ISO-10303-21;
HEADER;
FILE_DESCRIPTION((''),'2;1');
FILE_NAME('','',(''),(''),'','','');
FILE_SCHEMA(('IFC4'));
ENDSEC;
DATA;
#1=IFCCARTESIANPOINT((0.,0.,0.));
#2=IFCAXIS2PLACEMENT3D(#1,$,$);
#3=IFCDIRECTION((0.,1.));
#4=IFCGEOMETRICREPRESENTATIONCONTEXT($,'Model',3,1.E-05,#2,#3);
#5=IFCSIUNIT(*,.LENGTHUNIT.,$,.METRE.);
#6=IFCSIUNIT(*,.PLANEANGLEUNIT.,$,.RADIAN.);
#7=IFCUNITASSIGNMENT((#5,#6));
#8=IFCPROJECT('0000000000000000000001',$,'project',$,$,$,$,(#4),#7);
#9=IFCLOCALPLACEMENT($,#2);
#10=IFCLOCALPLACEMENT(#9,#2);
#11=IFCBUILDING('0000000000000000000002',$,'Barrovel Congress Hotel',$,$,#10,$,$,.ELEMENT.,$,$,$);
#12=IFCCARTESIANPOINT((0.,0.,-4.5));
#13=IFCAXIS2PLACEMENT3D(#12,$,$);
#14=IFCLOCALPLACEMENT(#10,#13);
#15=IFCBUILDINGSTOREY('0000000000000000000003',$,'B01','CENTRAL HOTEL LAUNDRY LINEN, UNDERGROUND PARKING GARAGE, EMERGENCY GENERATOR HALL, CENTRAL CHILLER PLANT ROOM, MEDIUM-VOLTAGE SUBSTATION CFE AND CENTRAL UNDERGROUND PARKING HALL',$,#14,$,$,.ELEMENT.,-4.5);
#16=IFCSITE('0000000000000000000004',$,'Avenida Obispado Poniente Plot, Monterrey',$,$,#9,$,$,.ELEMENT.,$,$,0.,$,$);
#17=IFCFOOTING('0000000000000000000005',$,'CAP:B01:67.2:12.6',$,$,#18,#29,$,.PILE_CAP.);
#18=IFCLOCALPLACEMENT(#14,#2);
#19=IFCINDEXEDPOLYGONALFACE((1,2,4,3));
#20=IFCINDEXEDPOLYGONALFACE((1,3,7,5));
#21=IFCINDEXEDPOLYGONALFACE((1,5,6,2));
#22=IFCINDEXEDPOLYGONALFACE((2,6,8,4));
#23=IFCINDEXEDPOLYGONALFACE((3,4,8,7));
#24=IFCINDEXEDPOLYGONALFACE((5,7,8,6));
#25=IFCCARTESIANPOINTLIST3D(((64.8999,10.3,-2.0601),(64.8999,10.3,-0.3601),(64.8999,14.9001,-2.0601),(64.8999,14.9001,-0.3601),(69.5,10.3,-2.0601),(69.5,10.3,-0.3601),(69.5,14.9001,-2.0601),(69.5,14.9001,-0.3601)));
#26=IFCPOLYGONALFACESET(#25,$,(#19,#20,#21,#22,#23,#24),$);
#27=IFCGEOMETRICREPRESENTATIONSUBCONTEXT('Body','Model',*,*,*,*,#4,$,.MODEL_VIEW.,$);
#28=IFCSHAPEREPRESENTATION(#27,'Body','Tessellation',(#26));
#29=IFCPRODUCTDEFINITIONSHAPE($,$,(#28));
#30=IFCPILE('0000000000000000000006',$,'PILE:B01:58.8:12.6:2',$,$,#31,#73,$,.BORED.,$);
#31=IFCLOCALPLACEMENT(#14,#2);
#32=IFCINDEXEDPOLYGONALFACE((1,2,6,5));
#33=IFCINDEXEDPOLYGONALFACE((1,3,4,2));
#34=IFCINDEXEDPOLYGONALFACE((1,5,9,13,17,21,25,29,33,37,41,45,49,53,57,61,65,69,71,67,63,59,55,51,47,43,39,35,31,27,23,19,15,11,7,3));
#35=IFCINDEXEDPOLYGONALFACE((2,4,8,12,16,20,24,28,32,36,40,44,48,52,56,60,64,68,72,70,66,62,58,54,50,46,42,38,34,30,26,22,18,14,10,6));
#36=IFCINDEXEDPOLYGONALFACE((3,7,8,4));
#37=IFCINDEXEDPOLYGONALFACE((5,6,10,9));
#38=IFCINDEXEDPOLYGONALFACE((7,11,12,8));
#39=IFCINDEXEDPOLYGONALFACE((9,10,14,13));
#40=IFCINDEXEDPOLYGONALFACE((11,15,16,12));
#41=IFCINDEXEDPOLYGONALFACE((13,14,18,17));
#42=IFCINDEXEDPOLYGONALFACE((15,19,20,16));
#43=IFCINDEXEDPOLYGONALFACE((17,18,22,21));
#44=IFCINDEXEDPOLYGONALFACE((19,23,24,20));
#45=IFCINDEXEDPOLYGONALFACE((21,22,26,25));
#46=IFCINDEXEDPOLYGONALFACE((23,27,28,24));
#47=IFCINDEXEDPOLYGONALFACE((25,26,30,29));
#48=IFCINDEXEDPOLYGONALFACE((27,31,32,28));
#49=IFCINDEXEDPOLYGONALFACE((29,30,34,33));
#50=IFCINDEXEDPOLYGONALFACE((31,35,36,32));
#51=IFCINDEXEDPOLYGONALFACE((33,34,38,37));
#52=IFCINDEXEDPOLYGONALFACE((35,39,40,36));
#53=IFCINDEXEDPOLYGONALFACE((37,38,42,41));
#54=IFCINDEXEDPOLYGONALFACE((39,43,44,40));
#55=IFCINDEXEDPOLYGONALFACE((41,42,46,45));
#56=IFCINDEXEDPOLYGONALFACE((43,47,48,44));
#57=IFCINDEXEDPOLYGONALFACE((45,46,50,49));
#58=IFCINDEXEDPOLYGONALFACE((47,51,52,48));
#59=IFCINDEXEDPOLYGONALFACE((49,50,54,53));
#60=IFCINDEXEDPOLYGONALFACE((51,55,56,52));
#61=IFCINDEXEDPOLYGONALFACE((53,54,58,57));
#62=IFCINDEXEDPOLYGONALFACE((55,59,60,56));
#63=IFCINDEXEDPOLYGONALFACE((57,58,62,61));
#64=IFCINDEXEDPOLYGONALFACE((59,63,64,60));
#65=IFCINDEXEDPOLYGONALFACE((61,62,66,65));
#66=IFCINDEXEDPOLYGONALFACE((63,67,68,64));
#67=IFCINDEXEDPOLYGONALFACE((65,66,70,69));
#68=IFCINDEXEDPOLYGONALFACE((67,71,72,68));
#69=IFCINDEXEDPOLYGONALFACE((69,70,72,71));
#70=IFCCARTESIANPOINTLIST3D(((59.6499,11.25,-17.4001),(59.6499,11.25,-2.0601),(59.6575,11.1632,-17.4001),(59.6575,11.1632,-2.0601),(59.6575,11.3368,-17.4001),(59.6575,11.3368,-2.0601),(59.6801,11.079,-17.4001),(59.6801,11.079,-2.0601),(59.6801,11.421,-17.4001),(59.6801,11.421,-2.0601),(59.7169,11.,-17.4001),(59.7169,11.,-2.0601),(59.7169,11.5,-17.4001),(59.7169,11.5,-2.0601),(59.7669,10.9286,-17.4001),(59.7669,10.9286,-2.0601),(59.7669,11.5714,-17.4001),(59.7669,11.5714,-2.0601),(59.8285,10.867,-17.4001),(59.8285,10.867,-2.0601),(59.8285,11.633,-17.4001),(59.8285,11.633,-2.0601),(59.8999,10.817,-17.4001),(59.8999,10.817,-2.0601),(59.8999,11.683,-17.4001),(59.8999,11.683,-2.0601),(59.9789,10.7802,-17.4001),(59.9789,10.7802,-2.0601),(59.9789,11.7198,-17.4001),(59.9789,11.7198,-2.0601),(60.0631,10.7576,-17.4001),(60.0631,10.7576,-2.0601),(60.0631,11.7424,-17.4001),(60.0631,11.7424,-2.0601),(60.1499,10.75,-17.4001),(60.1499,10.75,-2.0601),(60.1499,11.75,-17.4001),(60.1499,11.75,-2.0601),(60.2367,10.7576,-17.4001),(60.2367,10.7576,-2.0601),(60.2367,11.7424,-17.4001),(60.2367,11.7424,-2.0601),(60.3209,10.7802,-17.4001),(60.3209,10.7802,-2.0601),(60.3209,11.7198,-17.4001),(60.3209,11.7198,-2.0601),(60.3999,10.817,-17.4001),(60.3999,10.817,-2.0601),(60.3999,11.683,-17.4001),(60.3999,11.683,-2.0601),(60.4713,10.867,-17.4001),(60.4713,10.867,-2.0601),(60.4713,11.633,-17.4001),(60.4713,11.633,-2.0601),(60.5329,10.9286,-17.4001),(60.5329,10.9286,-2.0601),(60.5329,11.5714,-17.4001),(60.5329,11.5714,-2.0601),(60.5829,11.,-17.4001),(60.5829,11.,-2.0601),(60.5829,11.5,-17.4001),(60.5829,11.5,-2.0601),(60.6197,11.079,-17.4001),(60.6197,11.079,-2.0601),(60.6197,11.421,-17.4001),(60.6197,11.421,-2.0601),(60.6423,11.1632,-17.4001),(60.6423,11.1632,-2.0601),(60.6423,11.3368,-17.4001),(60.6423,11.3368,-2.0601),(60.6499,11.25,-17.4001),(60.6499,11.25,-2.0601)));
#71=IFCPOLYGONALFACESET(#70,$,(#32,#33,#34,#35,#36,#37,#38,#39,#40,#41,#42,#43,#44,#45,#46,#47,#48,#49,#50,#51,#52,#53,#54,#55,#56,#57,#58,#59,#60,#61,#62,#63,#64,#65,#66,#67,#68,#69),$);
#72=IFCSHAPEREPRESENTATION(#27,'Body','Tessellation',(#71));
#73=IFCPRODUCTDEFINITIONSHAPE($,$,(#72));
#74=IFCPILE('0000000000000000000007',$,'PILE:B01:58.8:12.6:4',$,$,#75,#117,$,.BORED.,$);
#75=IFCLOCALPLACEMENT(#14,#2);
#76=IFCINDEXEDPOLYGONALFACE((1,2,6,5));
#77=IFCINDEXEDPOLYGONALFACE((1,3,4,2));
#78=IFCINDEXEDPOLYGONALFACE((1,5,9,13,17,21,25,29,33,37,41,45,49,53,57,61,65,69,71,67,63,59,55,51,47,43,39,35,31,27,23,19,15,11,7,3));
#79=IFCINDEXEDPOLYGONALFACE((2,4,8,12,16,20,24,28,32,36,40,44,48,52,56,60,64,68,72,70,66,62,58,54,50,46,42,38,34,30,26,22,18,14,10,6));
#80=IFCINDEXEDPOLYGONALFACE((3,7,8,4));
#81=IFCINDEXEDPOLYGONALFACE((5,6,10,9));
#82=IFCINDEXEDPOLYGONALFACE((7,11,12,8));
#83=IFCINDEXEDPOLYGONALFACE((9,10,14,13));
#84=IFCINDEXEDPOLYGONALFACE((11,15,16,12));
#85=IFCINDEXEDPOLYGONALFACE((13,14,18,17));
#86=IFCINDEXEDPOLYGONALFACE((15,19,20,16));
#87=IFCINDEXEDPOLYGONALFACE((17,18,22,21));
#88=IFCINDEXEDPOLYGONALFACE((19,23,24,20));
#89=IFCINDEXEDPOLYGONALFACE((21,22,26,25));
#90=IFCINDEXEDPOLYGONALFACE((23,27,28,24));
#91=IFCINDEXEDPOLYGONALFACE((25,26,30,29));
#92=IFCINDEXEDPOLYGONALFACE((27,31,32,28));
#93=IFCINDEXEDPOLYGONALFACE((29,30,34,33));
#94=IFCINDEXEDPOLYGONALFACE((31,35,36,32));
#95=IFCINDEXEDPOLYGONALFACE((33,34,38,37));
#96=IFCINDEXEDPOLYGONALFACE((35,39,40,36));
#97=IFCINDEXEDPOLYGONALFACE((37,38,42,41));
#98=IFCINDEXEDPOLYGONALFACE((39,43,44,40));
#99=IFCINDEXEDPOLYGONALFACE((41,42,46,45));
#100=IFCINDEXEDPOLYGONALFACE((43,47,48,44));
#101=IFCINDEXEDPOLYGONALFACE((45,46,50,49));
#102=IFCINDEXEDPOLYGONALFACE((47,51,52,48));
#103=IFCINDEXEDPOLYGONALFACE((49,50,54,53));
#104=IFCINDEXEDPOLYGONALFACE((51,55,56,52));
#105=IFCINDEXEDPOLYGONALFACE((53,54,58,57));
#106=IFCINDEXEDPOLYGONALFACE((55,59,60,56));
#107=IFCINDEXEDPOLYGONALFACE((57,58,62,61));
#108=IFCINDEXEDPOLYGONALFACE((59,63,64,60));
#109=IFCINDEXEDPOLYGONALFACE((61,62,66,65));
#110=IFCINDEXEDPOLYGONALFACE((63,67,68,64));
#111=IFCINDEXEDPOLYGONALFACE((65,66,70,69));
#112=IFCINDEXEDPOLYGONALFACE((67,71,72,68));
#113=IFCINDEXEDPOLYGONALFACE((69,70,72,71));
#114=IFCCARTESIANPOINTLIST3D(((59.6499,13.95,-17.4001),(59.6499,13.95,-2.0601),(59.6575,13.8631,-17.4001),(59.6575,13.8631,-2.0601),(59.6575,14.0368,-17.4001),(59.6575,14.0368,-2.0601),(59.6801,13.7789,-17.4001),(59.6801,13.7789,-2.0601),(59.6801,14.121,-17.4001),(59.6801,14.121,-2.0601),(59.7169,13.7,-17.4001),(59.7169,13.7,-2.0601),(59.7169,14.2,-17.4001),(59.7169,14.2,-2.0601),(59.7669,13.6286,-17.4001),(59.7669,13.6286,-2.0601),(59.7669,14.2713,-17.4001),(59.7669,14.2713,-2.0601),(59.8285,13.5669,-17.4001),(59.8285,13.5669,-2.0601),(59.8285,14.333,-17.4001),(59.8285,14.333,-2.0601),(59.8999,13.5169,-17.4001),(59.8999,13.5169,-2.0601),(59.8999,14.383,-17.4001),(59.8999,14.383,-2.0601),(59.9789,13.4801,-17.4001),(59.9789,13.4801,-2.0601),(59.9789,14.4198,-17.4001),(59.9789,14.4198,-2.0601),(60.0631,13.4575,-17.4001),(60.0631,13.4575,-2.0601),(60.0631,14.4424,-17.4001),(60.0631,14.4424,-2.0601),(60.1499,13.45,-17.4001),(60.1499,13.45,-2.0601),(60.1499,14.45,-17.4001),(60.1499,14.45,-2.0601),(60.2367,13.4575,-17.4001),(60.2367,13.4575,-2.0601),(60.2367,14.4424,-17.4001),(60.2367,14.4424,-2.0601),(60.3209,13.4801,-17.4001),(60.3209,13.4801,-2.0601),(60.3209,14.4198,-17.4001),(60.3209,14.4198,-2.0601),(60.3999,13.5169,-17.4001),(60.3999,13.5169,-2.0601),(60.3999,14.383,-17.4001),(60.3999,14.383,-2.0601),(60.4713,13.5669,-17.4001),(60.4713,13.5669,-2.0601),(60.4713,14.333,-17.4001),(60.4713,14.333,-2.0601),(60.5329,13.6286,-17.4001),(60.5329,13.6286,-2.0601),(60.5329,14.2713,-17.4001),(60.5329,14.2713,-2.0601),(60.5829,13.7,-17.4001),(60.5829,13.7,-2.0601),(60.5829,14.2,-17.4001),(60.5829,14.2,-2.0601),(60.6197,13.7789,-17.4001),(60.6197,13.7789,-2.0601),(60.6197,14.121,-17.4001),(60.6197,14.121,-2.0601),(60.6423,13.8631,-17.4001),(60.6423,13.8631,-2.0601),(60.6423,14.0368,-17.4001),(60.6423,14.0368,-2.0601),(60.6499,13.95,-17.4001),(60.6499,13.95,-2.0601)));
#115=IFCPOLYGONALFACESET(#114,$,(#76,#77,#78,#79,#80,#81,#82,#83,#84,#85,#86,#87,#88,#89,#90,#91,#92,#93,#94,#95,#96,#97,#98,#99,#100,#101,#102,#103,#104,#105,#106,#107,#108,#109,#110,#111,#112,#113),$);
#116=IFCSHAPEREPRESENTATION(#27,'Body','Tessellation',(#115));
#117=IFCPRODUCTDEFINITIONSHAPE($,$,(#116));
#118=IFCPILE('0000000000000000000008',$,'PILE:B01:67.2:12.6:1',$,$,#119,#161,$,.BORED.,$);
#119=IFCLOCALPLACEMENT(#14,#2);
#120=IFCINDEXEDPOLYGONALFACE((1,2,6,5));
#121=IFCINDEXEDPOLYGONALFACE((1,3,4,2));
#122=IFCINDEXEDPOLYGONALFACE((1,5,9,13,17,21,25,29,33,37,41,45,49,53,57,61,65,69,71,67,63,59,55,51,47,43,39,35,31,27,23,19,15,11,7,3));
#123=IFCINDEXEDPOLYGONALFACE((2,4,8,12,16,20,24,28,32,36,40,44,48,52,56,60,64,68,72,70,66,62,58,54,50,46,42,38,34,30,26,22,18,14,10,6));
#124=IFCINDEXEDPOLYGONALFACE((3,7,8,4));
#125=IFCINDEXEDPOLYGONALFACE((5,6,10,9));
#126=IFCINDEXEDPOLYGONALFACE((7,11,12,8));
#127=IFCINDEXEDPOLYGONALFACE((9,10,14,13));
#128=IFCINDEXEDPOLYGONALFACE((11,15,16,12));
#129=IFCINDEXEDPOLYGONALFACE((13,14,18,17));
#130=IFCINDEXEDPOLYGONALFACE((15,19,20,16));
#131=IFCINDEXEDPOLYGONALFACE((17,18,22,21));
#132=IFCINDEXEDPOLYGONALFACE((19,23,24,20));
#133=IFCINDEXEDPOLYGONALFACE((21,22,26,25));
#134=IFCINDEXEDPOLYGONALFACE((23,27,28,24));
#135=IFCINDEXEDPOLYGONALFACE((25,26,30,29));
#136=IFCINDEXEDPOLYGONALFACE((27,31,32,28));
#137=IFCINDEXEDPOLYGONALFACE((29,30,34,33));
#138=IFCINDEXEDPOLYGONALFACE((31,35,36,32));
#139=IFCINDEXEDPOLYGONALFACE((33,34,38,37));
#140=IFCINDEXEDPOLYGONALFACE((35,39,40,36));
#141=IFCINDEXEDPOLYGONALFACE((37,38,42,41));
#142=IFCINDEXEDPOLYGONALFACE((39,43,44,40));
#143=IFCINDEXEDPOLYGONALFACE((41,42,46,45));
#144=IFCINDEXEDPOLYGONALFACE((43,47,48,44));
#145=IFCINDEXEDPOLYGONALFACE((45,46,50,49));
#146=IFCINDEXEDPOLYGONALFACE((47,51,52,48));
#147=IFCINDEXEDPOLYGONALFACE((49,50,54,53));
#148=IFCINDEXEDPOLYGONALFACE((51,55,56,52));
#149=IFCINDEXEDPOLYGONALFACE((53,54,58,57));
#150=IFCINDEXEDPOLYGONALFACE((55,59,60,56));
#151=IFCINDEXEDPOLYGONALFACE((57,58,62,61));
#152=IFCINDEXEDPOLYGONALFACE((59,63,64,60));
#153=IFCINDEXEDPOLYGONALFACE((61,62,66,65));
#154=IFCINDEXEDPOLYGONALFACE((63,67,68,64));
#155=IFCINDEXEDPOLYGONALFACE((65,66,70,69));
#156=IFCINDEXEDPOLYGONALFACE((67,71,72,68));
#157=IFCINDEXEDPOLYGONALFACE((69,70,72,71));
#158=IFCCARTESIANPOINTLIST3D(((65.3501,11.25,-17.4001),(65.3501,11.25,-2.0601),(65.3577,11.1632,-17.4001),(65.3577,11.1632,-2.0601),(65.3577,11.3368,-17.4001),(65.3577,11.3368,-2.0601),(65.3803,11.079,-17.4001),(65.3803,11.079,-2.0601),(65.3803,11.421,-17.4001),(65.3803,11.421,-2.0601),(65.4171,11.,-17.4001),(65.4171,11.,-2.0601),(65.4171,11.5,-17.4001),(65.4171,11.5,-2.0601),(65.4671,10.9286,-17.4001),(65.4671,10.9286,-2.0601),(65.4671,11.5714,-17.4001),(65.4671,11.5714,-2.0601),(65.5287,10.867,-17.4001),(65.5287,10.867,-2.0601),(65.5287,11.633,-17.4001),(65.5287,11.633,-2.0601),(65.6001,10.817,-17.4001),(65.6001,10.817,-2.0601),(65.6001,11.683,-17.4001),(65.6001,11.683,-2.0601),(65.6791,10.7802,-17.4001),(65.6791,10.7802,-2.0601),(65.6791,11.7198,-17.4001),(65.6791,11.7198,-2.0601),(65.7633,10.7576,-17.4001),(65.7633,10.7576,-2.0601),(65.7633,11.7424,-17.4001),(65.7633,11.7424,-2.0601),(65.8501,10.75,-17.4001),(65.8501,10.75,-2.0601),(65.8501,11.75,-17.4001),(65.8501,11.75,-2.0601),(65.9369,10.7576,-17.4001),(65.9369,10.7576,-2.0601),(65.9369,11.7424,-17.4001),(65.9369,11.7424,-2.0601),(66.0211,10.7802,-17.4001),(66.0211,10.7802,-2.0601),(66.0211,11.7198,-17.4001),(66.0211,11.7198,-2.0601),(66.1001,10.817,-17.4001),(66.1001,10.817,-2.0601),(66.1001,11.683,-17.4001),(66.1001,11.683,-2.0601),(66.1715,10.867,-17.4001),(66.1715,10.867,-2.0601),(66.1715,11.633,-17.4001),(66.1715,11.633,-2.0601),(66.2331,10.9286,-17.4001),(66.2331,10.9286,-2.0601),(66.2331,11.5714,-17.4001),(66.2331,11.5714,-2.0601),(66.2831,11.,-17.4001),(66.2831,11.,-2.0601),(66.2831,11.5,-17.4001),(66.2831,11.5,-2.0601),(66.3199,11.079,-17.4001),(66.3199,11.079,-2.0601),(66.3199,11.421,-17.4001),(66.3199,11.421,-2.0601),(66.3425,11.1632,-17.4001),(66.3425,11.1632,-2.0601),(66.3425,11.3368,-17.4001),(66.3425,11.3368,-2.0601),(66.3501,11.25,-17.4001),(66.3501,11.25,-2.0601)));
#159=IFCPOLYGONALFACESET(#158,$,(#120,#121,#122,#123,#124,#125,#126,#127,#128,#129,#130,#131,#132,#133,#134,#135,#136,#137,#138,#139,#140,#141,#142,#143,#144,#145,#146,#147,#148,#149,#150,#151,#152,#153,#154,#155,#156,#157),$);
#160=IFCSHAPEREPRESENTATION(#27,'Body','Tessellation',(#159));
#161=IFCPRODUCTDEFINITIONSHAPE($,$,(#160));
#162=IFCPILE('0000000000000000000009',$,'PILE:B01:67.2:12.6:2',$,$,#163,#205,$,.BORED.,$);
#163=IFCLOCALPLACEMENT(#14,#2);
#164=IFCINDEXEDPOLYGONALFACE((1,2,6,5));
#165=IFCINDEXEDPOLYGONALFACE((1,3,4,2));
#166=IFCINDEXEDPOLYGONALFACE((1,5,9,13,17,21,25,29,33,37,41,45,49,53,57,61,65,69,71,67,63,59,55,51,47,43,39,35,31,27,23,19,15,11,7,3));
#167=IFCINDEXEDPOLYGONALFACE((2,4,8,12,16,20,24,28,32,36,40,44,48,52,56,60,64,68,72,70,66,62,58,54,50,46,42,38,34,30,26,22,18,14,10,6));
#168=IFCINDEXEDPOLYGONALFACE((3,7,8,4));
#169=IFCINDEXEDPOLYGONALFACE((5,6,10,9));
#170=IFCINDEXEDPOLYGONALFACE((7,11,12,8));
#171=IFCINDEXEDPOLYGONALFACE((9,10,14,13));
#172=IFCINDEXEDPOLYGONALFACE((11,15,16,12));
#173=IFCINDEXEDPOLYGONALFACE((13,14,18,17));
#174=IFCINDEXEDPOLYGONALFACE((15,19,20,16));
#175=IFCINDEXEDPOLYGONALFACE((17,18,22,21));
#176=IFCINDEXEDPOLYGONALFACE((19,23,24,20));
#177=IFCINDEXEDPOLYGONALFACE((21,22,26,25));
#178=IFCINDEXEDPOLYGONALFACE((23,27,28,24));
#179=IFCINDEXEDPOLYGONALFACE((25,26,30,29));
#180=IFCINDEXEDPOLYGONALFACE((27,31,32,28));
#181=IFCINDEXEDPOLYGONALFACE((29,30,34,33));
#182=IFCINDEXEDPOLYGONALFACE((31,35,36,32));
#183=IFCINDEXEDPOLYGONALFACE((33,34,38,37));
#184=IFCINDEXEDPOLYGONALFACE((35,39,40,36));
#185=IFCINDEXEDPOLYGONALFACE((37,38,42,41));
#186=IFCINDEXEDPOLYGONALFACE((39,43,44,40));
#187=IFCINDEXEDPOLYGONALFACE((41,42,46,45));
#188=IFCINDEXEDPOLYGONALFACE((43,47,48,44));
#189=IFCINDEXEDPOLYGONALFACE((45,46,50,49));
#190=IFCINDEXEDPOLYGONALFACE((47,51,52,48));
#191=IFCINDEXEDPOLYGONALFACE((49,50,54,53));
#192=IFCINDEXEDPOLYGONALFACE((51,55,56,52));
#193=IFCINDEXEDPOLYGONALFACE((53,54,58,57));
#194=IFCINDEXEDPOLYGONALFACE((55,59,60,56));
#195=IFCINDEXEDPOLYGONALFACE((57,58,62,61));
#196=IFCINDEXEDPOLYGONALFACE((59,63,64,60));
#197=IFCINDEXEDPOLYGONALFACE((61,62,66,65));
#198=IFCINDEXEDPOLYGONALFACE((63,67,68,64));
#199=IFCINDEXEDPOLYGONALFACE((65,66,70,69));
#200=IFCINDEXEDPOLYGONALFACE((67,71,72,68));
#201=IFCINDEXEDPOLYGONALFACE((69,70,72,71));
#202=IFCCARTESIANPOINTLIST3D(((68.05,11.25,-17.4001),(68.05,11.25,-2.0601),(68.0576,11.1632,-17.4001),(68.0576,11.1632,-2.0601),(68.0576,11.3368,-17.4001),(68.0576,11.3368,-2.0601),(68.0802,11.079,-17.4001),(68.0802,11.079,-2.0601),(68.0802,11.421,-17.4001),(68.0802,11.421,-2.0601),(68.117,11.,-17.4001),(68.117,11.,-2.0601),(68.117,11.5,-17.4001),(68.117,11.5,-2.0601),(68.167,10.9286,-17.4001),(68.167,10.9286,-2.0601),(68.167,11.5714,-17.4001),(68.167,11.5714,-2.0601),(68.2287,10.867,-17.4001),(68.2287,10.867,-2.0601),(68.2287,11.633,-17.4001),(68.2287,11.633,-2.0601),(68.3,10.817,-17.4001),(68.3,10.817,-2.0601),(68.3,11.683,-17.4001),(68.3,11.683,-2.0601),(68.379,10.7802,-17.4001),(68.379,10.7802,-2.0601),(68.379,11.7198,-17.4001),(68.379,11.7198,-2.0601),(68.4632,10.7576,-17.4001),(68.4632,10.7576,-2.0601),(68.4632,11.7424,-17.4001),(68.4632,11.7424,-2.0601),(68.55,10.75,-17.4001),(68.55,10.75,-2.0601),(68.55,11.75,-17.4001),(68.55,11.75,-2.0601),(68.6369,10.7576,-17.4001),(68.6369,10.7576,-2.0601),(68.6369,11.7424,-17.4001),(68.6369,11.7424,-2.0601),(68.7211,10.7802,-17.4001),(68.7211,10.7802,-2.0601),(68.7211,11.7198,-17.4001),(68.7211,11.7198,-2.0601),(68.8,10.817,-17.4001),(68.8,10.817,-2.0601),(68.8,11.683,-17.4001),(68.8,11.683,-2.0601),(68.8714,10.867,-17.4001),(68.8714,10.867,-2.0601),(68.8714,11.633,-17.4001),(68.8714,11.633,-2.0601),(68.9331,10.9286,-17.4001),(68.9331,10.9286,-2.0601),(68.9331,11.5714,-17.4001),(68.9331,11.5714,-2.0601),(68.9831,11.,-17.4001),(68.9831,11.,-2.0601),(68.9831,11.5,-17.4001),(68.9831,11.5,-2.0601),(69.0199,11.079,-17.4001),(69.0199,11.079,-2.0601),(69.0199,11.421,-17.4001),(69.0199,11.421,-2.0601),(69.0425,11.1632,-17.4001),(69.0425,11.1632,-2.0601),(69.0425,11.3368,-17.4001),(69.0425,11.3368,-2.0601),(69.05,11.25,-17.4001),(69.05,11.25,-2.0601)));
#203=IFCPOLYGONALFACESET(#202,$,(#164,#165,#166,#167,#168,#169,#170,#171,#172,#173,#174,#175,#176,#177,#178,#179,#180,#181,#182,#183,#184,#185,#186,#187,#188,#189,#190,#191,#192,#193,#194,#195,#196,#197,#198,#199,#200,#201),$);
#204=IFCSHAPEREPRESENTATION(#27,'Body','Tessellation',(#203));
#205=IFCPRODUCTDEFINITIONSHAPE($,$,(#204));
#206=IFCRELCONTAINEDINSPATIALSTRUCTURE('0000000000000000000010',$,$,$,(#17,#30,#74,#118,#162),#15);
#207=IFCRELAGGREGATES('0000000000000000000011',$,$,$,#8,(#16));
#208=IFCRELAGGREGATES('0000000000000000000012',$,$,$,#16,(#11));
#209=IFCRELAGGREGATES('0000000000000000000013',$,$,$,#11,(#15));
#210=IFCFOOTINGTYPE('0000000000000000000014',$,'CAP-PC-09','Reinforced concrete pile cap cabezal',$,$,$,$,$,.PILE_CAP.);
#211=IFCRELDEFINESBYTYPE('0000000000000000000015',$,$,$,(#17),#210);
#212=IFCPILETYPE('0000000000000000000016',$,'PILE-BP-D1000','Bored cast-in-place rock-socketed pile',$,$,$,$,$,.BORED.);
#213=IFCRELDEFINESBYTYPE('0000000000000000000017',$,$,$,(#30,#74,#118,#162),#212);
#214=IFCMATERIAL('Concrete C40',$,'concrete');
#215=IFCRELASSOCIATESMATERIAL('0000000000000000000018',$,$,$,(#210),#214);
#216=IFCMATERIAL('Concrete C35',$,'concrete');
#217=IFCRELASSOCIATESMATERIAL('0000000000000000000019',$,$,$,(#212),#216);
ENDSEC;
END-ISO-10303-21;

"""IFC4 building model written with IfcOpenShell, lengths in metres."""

from ifc_helpers import new_model, si_unit, direction, frame, origin, origin_2d, place, context, subcontext, project, spatial, rectangle, circle, extrude, material, material_profile, profile_set, type_object, element, save


model = new_model("IFC4")

# Units and contexts
model_context = context("Model", 3, precision=1e-05, world=origin(), true_north=direction((0.0, 1.0)))
body_context = subcontext(model_context, "Body", "Model", "MODEL_VIEW")
ifc_project = project(units=[si_unit("LENGTHUNIT", "METRE"), si_unit("PLANEANGLEUNIT", "RADIAN")], contexts=[model_context])

# Site, building, storey
site_placement = place(None, origin())
site = spatial("IfcSite", under=ifc_project, at=site_placement, Name="Avenida Obispado Poniente Plot, Monterrey", CompositionType="ELEMENT", RefElevation=0.0)
building_placement = place(site_placement, origin())
building = spatial("IfcBuilding", under=site, at=building_placement, Name="Barrovel Congress Hotel", CompositionType="ELEMENT")
storey_placement = place(building_placement, frame((0.0, 0.0, -4.5)))
storey = spatial("IfcBuildingStorey", under=building, at=storey_placement, Name="B01", Description="CENTRAL HOTEL LAUNDRY LINEN, UNDERGROUND PARKING GARAGE, EMERGENCY GENERATOR HALL, CENTRAL CHILLER PLANT ROOM, MEDIUM-VOLTAGE SUBSTATION CFE AND CENTRAL UNDERGROUND PARKING HALL", CompositionType="ELEMENT", Elevation=-4.5)

# Footing
ifc_material_1 = material(Name="Concrete C40", Category="concrete")
footing_type = type_object("IfcFootingType", Name="CAP-PC-09", Description="Reinforced concrete pile cap cabezal", PredefinedType="PILE_CAP", material=ifc_material_1)
footing_placement = place(storey_placement, frame((67.2, 12.6001, -2.0601), z_axis=(0.0, 0.0, 1.0), x_axis=(1.0, 0.0, 0.0)))
element("IfcFooting", 1, at=footing_placement, inside=storey, type_object=footing_type, Name="CAP:B01:67.2:12.6", PredefinedType="PILE_CAP", context=body_context, shape_type="SweptSolid", body=[
    extrude(rectangle(XDim=4.6001, YDim=4.6001, at=origin_2d()), origin(), (0.0, 0.0, 1.0), 1.7),
])

# Piles
ifc_material_2 = material(Name="Concrete C35", Category="concrete")
ifc_material_profile_1 = material_profile(ifc_material_2, circle(Radius=0.5, at=origin_2d()), Name="BP-D1000")
ifc_profile_set_1 = profile_set([ifc_material_profile_1], Name="Concrete C35")
pile_type_1 = type_object("IfcPileType", Name="PILE-BP-D1000", Description="Bored cast-in-place rock-socketed pile", PredefinedType="BORED", material=ifc_profile_set_1)
for number, where, z_axis, x_axis, name in (
    (2, (60.1499, 11.25, -2.0601), (0.0, 0.0, -1.0), (1.0, 0.0, 0.0), "PILE:B01:58.8:12.6:2"),
    (3, (60.1499, 13.95, -2.0601), (0.0, 0.0, -1.0), (1.0, 0.0, 0.0), "PILE:B01:58.8:12.6:4"),
    (4, (65.8501, 11.25, -2.0601), (0.0, 0.0, -1.0), (1.0, 0.0, 0.0), "PILE:B01:67.2:12.6:1"),
    (5, (68.55, 11.25, -2.0601), (0.0, 0.0, -1.0), (1.0, 0.0, 0.0), "PILE:B01:67.2:12.6:2"),
):
    element("IfcPile", number, at=place(storey_placement, frame(where, z_axis=z_axis, x_axis=x_axis)), inside=storey, type_object=pile_type_1, Name=name, PredefinedType="BORED", context=body_context, shape_type="SweptSolid", body=[
        extrude(circle(Radius=0.5, at=origin_2d()), origin(), (0.0, 0.0, 1.0), 15.3401),
    ])

save(model, "model.ifc")
